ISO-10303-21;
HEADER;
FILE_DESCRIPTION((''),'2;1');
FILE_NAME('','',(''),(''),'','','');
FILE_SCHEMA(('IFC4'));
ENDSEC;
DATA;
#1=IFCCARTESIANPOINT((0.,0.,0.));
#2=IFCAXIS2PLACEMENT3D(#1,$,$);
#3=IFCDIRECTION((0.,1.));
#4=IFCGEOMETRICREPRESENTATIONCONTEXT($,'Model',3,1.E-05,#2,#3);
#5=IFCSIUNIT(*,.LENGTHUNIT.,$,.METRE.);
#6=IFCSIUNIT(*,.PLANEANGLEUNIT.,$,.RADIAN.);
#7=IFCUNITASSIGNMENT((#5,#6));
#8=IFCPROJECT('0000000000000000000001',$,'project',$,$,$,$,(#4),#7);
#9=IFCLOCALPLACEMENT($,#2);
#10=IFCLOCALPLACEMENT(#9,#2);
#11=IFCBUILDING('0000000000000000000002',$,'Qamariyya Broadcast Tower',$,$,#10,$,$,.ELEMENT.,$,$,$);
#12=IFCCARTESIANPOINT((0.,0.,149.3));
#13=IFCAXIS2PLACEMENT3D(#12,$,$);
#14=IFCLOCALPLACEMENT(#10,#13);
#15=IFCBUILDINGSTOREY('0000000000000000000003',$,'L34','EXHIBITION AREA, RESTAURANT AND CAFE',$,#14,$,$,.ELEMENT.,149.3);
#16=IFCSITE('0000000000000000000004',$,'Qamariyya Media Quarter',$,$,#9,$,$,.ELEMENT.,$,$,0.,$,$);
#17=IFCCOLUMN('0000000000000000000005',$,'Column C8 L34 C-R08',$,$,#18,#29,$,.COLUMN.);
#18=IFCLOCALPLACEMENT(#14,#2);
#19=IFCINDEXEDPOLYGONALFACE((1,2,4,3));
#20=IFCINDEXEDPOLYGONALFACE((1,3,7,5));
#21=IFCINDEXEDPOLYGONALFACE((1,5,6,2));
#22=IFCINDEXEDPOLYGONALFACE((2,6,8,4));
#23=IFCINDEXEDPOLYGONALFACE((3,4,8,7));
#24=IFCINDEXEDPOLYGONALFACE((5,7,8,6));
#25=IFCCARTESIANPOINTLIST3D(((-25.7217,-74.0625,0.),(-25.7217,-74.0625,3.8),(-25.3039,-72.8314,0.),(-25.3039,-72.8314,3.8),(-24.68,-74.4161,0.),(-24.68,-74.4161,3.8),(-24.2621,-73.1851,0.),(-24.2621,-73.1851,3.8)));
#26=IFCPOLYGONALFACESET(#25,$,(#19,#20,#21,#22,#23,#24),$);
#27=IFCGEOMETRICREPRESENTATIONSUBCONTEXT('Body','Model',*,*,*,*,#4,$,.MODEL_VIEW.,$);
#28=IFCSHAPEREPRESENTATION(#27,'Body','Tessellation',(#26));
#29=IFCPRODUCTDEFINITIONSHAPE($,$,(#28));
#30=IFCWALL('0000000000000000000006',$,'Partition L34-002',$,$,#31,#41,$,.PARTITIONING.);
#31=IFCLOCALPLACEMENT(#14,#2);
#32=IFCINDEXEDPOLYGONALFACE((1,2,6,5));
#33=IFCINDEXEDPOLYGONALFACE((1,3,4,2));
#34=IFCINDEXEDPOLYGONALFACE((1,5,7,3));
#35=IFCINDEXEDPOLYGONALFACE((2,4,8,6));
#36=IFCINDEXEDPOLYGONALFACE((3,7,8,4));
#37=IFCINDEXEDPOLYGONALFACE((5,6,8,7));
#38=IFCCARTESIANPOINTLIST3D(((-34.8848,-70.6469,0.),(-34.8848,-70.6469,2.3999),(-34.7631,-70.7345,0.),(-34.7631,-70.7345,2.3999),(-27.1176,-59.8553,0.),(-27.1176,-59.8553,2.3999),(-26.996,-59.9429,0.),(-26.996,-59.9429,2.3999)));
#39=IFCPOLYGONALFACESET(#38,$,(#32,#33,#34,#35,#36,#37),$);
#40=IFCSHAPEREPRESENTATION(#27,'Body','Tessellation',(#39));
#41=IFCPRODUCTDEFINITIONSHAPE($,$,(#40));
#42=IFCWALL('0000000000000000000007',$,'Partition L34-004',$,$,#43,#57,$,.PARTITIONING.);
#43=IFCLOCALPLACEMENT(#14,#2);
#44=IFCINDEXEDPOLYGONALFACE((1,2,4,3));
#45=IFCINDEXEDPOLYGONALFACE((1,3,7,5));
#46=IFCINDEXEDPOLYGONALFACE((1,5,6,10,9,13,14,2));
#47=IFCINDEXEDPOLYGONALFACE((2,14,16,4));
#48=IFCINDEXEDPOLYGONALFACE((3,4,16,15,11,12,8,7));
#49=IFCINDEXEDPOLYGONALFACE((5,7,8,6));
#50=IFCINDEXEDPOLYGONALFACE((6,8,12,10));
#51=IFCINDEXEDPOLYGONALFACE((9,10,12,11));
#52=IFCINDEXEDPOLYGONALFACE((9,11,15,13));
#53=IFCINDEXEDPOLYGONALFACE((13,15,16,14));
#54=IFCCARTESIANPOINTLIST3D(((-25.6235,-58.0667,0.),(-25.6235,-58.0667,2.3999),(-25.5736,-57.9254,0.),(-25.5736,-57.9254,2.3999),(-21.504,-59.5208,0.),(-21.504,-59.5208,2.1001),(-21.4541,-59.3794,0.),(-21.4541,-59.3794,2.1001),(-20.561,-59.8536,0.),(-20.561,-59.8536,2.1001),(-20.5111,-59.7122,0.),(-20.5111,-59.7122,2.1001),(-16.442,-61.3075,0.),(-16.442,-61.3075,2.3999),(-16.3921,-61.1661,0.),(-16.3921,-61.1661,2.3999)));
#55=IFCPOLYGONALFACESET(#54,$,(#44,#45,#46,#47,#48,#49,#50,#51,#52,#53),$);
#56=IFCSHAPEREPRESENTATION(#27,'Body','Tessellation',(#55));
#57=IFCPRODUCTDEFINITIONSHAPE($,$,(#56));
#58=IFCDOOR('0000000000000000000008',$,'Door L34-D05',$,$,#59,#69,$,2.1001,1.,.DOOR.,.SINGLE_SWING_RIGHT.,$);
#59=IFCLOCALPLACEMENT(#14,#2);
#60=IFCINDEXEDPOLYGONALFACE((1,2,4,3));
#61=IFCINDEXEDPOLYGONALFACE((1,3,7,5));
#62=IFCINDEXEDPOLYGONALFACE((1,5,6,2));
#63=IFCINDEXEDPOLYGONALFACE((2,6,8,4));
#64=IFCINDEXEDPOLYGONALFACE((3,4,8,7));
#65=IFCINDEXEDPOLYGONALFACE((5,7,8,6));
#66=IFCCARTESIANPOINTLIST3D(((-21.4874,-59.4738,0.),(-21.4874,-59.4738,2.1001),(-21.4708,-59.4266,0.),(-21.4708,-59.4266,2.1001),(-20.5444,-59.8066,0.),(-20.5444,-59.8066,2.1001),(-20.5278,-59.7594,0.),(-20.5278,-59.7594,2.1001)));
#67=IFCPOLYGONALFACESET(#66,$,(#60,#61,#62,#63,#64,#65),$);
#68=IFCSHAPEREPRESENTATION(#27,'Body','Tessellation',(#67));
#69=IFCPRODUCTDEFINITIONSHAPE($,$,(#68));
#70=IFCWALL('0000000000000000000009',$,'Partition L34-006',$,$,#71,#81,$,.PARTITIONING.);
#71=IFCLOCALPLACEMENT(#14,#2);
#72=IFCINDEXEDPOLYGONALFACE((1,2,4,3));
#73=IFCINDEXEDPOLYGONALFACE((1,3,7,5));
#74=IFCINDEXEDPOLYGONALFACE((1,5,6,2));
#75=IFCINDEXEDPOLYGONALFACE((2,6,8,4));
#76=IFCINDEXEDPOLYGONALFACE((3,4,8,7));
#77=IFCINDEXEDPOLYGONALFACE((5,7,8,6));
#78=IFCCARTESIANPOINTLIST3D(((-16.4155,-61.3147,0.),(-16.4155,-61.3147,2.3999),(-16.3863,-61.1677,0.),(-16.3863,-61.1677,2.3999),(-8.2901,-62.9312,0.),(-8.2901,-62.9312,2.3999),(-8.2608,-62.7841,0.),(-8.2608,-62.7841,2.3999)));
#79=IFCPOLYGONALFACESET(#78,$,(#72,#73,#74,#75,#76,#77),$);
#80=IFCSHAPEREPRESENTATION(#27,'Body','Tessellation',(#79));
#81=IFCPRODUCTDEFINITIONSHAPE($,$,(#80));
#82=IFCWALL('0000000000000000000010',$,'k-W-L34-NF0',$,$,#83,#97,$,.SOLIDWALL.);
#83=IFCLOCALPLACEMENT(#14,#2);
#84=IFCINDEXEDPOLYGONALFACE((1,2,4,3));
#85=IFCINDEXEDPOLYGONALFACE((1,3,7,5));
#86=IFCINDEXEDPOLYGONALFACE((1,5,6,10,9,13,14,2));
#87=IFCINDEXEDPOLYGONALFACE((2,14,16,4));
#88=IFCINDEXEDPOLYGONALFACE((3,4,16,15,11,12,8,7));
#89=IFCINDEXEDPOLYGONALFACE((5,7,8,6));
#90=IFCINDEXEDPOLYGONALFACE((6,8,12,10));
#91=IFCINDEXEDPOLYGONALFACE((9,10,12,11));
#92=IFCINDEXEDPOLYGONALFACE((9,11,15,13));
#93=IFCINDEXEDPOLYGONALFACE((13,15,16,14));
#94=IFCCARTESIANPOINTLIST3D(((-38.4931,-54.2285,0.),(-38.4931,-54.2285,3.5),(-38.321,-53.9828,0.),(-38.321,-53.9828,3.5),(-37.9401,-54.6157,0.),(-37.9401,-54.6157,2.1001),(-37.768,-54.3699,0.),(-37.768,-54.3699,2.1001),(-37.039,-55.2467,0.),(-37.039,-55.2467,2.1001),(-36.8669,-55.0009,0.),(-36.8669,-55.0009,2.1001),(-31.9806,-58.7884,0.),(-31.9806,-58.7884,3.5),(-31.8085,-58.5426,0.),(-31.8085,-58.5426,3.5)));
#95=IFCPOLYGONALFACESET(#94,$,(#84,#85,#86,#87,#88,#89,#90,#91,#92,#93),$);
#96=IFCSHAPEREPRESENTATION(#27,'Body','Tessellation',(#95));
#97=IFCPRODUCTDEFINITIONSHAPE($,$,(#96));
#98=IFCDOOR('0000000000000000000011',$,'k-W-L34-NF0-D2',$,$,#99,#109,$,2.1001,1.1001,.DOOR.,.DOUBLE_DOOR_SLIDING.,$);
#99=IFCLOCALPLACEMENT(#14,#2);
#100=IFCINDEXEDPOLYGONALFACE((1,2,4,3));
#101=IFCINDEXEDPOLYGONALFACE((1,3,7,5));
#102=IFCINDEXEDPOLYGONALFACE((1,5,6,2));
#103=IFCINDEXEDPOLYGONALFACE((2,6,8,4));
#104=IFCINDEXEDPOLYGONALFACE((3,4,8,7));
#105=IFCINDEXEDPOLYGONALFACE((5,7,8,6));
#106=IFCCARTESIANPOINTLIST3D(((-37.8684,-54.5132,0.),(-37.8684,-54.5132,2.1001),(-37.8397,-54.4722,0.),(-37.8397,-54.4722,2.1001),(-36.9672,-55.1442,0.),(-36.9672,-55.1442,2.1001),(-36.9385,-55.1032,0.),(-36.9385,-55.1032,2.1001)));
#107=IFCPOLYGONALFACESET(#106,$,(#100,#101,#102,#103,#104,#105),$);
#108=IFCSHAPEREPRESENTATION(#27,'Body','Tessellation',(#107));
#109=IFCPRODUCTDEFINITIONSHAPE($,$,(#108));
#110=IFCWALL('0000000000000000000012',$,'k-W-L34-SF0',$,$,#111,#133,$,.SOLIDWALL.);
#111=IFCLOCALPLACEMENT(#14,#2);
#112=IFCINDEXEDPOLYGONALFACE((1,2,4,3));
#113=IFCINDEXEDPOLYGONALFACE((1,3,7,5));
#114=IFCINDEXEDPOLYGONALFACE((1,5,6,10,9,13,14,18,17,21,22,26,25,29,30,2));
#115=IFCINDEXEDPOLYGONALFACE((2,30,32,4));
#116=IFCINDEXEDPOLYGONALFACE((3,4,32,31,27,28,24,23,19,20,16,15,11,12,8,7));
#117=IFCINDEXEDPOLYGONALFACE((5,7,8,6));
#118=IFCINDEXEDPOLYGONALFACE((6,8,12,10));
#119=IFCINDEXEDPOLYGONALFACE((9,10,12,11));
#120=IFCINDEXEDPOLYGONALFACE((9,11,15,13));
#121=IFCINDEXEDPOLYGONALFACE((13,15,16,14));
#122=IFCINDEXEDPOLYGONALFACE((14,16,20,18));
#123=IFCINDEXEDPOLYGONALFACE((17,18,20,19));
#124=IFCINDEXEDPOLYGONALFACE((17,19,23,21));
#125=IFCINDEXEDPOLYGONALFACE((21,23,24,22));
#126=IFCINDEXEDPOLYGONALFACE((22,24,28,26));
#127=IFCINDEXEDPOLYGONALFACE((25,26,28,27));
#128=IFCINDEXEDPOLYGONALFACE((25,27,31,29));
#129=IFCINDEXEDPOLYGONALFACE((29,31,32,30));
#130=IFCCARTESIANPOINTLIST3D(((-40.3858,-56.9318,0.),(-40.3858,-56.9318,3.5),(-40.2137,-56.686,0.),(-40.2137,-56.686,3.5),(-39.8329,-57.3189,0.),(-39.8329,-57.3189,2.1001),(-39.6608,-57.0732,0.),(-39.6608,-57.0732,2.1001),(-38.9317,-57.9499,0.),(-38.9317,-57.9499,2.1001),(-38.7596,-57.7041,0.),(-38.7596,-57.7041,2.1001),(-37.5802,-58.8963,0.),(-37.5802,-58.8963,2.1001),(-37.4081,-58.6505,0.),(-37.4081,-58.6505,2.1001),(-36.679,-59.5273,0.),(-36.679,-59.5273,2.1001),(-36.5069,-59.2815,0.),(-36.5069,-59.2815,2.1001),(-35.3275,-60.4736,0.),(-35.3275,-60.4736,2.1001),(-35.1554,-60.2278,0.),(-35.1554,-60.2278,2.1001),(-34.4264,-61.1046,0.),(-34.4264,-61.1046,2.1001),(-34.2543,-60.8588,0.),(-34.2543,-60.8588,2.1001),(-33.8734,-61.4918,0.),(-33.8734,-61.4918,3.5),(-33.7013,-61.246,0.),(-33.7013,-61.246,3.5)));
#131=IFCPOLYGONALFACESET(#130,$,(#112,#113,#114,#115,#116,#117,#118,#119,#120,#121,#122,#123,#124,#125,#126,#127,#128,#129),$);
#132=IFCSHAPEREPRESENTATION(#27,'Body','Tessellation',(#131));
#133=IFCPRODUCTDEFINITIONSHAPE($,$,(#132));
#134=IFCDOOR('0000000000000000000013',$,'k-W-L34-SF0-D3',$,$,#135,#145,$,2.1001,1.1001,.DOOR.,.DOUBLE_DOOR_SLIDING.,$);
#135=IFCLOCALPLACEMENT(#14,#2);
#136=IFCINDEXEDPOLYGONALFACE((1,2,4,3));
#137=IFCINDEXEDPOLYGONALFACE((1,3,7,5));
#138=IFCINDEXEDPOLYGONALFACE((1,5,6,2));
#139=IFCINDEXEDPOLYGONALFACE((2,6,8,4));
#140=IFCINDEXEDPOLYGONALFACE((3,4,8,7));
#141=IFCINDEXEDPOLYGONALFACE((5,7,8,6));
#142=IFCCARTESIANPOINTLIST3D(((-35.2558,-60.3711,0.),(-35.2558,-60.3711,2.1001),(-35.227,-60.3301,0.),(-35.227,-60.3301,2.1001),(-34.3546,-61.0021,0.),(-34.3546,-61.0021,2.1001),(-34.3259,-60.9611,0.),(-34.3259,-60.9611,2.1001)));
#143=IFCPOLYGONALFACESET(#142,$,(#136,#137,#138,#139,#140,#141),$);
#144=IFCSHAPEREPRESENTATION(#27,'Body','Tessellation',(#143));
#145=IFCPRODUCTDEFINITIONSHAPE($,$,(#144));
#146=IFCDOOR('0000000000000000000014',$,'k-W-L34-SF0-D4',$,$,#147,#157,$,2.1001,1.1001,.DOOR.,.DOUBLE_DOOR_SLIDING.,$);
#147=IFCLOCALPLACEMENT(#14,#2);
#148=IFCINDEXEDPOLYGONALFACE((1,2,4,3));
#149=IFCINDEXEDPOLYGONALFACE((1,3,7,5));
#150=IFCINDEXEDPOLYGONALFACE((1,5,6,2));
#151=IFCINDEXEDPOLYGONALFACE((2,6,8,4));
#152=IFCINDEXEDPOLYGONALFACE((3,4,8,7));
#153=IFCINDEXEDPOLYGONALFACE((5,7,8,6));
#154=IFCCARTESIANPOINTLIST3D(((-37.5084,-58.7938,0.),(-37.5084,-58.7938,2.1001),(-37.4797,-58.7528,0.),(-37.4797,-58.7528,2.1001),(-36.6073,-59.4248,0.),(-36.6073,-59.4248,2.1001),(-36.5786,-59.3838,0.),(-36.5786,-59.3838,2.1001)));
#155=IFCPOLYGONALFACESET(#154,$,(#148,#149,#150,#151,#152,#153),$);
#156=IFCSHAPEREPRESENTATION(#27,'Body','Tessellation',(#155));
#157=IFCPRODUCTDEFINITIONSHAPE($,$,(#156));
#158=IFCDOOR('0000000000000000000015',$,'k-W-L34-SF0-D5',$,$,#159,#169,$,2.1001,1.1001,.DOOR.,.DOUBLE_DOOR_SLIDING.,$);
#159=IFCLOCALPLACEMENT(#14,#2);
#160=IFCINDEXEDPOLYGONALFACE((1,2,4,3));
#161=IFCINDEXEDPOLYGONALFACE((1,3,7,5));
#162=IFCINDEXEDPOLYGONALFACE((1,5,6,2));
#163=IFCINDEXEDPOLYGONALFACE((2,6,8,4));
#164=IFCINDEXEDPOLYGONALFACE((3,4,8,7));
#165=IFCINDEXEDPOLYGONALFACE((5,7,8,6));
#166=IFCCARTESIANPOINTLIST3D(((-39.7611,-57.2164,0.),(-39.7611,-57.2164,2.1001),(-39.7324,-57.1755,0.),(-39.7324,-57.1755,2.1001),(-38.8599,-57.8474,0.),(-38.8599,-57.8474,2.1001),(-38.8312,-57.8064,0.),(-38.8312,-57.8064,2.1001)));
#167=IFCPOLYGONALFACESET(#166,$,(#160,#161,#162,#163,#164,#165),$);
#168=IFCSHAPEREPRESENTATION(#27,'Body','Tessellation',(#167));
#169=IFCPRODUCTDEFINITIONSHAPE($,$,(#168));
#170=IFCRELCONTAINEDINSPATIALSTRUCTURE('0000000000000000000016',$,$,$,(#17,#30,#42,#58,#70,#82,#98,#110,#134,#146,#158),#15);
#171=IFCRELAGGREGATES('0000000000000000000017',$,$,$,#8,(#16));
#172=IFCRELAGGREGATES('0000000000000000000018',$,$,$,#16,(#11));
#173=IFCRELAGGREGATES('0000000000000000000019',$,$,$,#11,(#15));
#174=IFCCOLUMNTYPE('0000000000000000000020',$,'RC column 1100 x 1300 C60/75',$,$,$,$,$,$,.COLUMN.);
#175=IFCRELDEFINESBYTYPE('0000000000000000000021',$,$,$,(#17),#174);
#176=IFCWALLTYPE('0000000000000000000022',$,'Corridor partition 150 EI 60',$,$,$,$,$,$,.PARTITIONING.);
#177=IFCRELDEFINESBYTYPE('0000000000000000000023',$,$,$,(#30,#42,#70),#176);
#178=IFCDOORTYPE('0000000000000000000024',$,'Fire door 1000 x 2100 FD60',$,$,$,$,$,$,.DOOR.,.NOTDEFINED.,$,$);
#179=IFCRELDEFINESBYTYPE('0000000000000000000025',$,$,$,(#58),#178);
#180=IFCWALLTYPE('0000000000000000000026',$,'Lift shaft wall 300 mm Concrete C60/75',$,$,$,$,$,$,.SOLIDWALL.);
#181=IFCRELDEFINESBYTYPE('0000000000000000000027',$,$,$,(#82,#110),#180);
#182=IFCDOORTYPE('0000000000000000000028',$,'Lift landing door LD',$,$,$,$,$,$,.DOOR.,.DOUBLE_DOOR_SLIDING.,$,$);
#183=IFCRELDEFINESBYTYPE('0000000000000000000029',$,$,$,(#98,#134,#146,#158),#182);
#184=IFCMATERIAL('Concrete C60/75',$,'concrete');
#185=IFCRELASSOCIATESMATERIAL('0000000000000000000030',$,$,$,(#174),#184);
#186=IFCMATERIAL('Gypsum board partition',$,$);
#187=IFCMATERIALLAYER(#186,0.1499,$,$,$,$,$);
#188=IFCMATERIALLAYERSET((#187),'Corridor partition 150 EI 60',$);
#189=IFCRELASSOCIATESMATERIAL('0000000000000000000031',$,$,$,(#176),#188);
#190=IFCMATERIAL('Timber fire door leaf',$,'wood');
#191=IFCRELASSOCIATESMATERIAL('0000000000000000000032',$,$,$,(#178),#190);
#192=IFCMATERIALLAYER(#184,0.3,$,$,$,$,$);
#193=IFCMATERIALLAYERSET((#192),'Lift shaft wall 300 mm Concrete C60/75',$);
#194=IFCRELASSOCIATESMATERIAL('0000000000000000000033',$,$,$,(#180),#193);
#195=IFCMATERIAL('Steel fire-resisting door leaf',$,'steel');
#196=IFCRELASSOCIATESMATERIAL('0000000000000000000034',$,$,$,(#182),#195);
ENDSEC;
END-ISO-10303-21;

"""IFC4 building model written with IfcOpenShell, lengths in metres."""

from ifc_helpers import new_model, si_unit, direction, frame, frame_2d, origin, origin_2d, place, context, subcontext, project, spatial, rectangle, extrude, material, layer, layer_set, material_profile, profile_set, type_object, element, fill, save


model = new_model("IFC4")

# Units and contexts
model_context = context("Model", 3, precision=1e-05, world=origin(), true_north=direction((0.0, 1.0)))
body_context = subcontext(model_context, "Body", "Model", "MODEL_VIEW")
ifc_project = project(units=[si_unit("LENGTHUNIT", "METRE"), si_unit("PLANEANGLEUNIT", "RADIAN")], contexts=[model_context])

# Site, building, storey
site_placement = place(None, origin())
site = spatial("IfcSite", under=ifc_project, at=site_placement, Name="Qamariyya Media Quarter", CompositionType="ELEMENT", RefElevation=0.0)
building_placement = place(site_placement, origin())
building = spatial("IfcBuilding", under=site, at=building_placement, Name="Qamariyya Broadcast Tower", CompositionType="ELEMENT")
storey_placement = place(building_placement, frame((0.0, 0.0, 149.3)))
storey = spatial("IfcBuildingStorey", under=building, at=storey_placement, Name="L34", Description="EXHIBITION AREA, RESTAURANT AND CAFE", CompositionType="ELEMENT", Elevation=149.3)

# Column
ifc_material_1 = material(Name="Concrete C60/75", Category="concrete")
ifc_material_profile_1 = material_profile(ifc_material_1, rectangle(XDim=1.1001, YDim=1.3, at=origin_2d()))
ifc_profile_set_1 = profile_set([ifc_material_profile_1], Name="Concrete C60/75")
column_type = type_object("IfcColumnType", Name="RC column 1100 x 1300 C60/75", PredefinedType="COLUMN", material=ifc_profile_set_1)
column_placement = place(storey_placement, frame((-24.9919, -73.6238, 0.0), z_axis=(0.0, 0.0, 1.0), x_axis=(0.94693, -0.321439, 0.0)))
element("IfcColumn", 1, at=column_placement, inside=storey, type_object=column_type, Name="Column C8 L34 C-R08", PredefinedType="COLUMN", context=body_context, shape_type="SweptSolid", body=[
    extrude(rectangle(XDim=1.1001, YDim=1.3, at=origin_2d()), origin(), (0.0, 0.0, 1.0), 3.8),
])

# Wall
ifc_material_2 = material(Name="Gypsum board partition")
ifc_layer_1 = layer(ifc_material_2, 0.1499)
ifc_layer_set_1 = layer_set([ifc_layer_1], Name="Corridor partition 150 EI 60")
wall_type_1 = type_object("IfcWallType", Name="Corridor partition 150 EI 60", PredefinedType="PARTITIONING", material=ifc_layer_set_1)
wall_1_placement = place(storey_placement, frame((-27.0569, -59.8992, 0.0), z_axis=(0.0, 0.0, 1.0), x_axis=(-0.584166, -0.811634, 0.0)))
element("IfcWall", 2, at=wall_1_placement, inside=storey, type_object=wall_type_1, Name="Partition L34-002", PredefinedType="PARTITIONING", context=body_context, shape_type="SweptSolid", body=[
    extrude(rectangle(XDim=13.2961, YDim=0.1499, at=frame_2d((6.6479, 0.0))), origin(), (0.0, 0.0, 1.0), 2.3999),
])

# Wall, opening, door
wall_2_placement = place(storey_placement, frame((-25.5984, -57.9961, 0.0), z_axis=(0.0, 0.0, 1.0), x_axis=(0.942983, -0.332841, 0.0)))
wall_2 = element("IfcWall", 3, at=wall_2_placement, inside=storey, type_object=wall_type_1, Name="Partition L34-004", PredefinedType="PARTITIONING", context=body_context, shape_type="SweptSolid", body=[
    extrude(rectangle(XDim=9.7366, YDim=0.1499, at=frame_2d((4.8682, 0.0))), origin(), (0.0, 0.0, 1.0), 2.3999),
])
opening_1_placement = place(wall_2_placement, frame((4.3684, 0.0, 0.0)))
opening_1 = element("IfcOpeningElement", 4, at=opening_1_placement, cuts=wall_2, PredefinedType="OPENING", context=body_context, shape_type="SweptSolid", body=[
    extrude(rectangle(XDim=1.0, YDim=2.1001, at=frame_2d((0.5, 1.05))), frame((0.0, 0.085, 0.0), z_axis=(0.0, -1.0, 0.0), x_axis=(1.0, 0.0, 0.0)), (0.0, 0.0, 1.0), 0.1699),
])
ifc_material_3 = material(Name="Timber fire door leaf", Category="wood")
door_type_1 = type_object("IfcDoorType", Name="Fire door 1000 x 2100 FD60", OperationType="NOTDEFINED", PredefinedType="DOOR", material=ifc_material_3)
door_1_placement = place(opening_1_placement, origin())
door_1 = element("IfcDoor", 5, at=door_1_placement, inside=storey, type_object=door_type_1, Name="Door L34-D05", OperationType="SINGLE_SWING_RIGHT", OverallHeight=2.1001, OverallWidth=1.0, PredefinedType="DOOR", context=body_context, shape_type="SweptSolid", body=[
    extrude(rectangle(XDim=1.0, YDim=2.1001, at=frame_2d((0.5, 1.05))), frame((0.0, 0.0249, 0.0), z_axis=(0.0, -1.0, 0.0), x_axis=(1.0, 0.0, 0.0)), (0.0, 0.0, 1.0), 0.05),
])
fill(opening_1, door_1)

# Wall
wall_3_placement = place(storey_placement, frame((-16.4009, -61.2412, 0.0), z_axis=(0.0, 0.0, 1.0), x_axis=(0.980781, -0.195113, 0.0)))
element("IfcWall", 6, at=wall_3_placement, inside=storey, type_object=wall_type_1, Name="Partition L34-006", PredefinedType="PARTITIONING", context=body_context, shape_type="SweptSolid", body=[
    extrude(rectangle(XDim=8.2847, YDim=0.1499, at=frame_2d((4.1423, 0.0))), origin(), (0.0, 0.0, 1.0), 2.3999),
])

# Wall, opening, door
ifc_layer_2 = layer(ifc_material_1, 0.3)
ifc_layer_set_2 = layer_set([ifc_layer_2], Name="Lift shaft wall 300 mm Concrete C60/75")
wall_type_2 = type_object("IfcWallType", Name="Lift shaft wall 300 mm Concrete C60/75", PredefinedType="SOLIDWALL", material=ifc_layer_set_2)
wall_4_placement = place(storey_placement, frame((-31.8945, -58.6655, 0.0), z_axis=(0.0, 0.0, 1.0), x_axis=(-0.819167, 0.573555, 0.0)))
wall_4 = element("IfcWall", 7, at=wall_4_placement, inside=storey, type_object=wall_type_2, Name="k-W-L34-NF0", PredefinedType="SOLIDWALL", context=body_context, shape_type="SweptSolid", body=[
    extrude(rectangle(XDim=7.9502, YDim=0.3, at=frame_2d((3.9751, 0.0))), origin(), (0.0, 0.0, 1.0), 3.5),
])
opening_2_placement = place(wall_4_placement, frame((6.175, 0.0, 0.0)))
opening_2 = element("IfcOpeningElement", 8, at=opening_2_placement, cuts=wall_4, PredefinedType="OPENING", context=body_context, shape_type="SweptSolid", body=[
    extrude(rectangle(XDim=1.1001, YDim=2.1001, at=frame_2d((0.55, 1.05))), frame((0.0, 0.1599, 0.0), z_axis=(0.0, -1.0, 0.0), x_axis=(1.0, 0.0, 0.0)), (0.0, 0.0, 1.0), 0.3201),
])
ifc_material_4 = material(Name="Steel fire-resisting door leaf", Category="steel")
door_type_2 = type_object("IfcDoorType", Name="Lift landing door LD", OperationType="DOUBLE_DOOR_SLIDING", PredefinedType="DOOR", material=ifc_material_4)
door_2_placement = place(opening_2_placement, origin())
door_2 = element("IfcDoor", 9, at=door_2_placement, inside=storey, type_object=door_type_2, Name="k-W-L34-NF0-D2", OperationType="DOUBLE_DOOR_SLIDING", OverallHeight=2.1001, OverallWidth=1.1001, PredefinedType="DOOR", context=body_context, shape_type="SweptSolid", body=[
    extrude(rectangle(XDim=1.1001, YDim=2.1001, at=frame_2d((0.55, 1.05))), frame((0.0, 0.0249, 0.0), z_axis=(0.0, -1.0, 0.0), x_axis=(1.0, 0.0, 0.0)), (0.0, 0.0, 1.0), 0.05),
])
fill(opening_2, door_2)

# Wall, openings, doors
wall_5_placement = place(storey_placement, frame((-33.7874, -61.3689, 0.0), z_axis=(0.0, 0.0, 1.0), x_axis=(-0.819153, 0.573576, 0.0)))
wall_5 = element("IfcWall", 10, at=wall_5_placement, inside=storey, type_object=wall_type_2, Name="k-W-L34-SF0", PredefinedType="SOLIDWALL", context=body_context, shape_type="SweptSolid", body=[
    extrude(rectangle(XDim=7.9502, YDim=0.3, at=frame_2d((3.9751, 0.0))), origin(), (0.0, 0.0, 1.0), 3.5),
])
opening_3_placement = place(wall_5_placement, frame((0.675, 0.0, 0.0)))
opening_3 = element("IfcOpeningElement", 11, at=opening_3_placement, cuts=wall_5, PredefinedType="OPENING", context=body_context, shape_type="SweptSolid", body=[
    extrude(rectangle(XDim=1.1001, YDim=2.1001, at=frame_2d((0.55, 1.05))), frame((0.0, 0.1599, 0.0), z_axis=(0.0, -1.0, 0.0), x_axis=(1.0, 0.0, 0.0)), (0.0, 0.0, 1.0), 0.3201),
])
opening_4_placement = place(wall_5_placement, frame((3.425, 0.0, 0.0)))
opening_4 = element("IfcOpeningElement", 12, at=opening_4_placement, cuts=wall_5, PredefinedType="OPENING", context=body_context, shape_type="SweptSolid", body=[
    extrude(rectangle(XDim=1.1001, YDim=2.1001, at=frame_2d((0.55, 1.05))), frame((0.0, 0.1599, 0.0), z_axis=(0.0, -1.0, 0.0), x_axis=(1.0, 0.0, 0.0)), (0.0, 0.0, 1.0), 0.3201),
])
opening_5_placement = place(wall_5_placement, frame((6.175, 0.0, 0.0)))
opening_5 = element("IfcOpeningElement", 13, at=opening_5_placement, cuts=wall_5, PredefinedType="OPENING", context=body_context, shape_type="SweptSolid", body=[
    extrude(rectangle(XDim=1.1001, YDim=2.1001, at=frame_2d((0.55, 1.05))), frame((0.0, 0.1599, 0.0), z_axis=(0.0, -1.0, 0.0), x_axis=(1.0, 0.0, 0.0)), (0.0, 0.0, 1.0), 0.3201),
])
door_3_placement = place(opening_3_placement, origin())
door_3 = element("IfcDoor", 14, at=door_3_placement, inside=storey, type_object=door_type_2, Name="k-W-L34-SF0-D3", OperationType="DOUBLE_DOOR_SLIDING", OverallHeight=2.1001, OverallWidth=1.1001, PredefinedType="DOOR", context=body_context, shape_type="SweptSolid", body=[
    extrude(rectangle(XDim=1.1001, YDim=2.1001, at=frame_2d((0.55, 1.05))), frame((0.0, 0.0249, 0.0), z_axis=(0.0, -1.0, 0.0), x_axis=(1.0, 0.0, 0.0)), (0.0, 0.0, 1.0), 0.05),
])
fill(opening_3, door_3)
door_4_placement = place(opening_4_placement, origin())
door_4 = element("IfcDoor", 15, at=door_4_placement, inside=storey, type_object=door_type_2, Name="k-W-L34-SF0-D4", OperationType="DOUBLE_DOOR_SLIDING", OverallHeight=2.1001, OverallWidth=1.1001, PredefinedType="DOOR", context=body_context, shape_type="SweptSolid", body=[
    extrude(rectangle(XDim=1.1001, YDim=2.1001, at=frame_2d((0.55, 1.05))), frame((0.0, 0.0249, 0.0), z_axis=(0.0, -1.0, 0.0), x_axis=(1.0, 0.0, 0.0)), (0.0, 0.0, 1.0), 0.05),
])
fill(opening_4, door_4)
door_5_placement = place(opening_5_placement, origin())
door_5 = element("IfcDoor", 16, at=door_5_placement, inside=storey, type_object=door_type_2, Name="k-W-L34-SF0-D5", OperationType="DOUBLE_DOOR_SLIDING", OverallHeight=2.1001, OverallWidth=1.1001, PredefinedType="DOOR", context=body_context, shape_type="SweptSolid", body=[
    extrude(rectangle(XDim=1.1001, YDim=2.1001, at=frame_2d((0.55, 1.05))), frame((0.0, 0.0249, 0.0), z_axis=(0.0, -1.0, 0.0), x_axis=(1.0, 0.0, 0.0)), (0.0, 0.0, 1.0), 0.05),
])
fill(opening_5, door_5)

save(model, "model.ifc")
